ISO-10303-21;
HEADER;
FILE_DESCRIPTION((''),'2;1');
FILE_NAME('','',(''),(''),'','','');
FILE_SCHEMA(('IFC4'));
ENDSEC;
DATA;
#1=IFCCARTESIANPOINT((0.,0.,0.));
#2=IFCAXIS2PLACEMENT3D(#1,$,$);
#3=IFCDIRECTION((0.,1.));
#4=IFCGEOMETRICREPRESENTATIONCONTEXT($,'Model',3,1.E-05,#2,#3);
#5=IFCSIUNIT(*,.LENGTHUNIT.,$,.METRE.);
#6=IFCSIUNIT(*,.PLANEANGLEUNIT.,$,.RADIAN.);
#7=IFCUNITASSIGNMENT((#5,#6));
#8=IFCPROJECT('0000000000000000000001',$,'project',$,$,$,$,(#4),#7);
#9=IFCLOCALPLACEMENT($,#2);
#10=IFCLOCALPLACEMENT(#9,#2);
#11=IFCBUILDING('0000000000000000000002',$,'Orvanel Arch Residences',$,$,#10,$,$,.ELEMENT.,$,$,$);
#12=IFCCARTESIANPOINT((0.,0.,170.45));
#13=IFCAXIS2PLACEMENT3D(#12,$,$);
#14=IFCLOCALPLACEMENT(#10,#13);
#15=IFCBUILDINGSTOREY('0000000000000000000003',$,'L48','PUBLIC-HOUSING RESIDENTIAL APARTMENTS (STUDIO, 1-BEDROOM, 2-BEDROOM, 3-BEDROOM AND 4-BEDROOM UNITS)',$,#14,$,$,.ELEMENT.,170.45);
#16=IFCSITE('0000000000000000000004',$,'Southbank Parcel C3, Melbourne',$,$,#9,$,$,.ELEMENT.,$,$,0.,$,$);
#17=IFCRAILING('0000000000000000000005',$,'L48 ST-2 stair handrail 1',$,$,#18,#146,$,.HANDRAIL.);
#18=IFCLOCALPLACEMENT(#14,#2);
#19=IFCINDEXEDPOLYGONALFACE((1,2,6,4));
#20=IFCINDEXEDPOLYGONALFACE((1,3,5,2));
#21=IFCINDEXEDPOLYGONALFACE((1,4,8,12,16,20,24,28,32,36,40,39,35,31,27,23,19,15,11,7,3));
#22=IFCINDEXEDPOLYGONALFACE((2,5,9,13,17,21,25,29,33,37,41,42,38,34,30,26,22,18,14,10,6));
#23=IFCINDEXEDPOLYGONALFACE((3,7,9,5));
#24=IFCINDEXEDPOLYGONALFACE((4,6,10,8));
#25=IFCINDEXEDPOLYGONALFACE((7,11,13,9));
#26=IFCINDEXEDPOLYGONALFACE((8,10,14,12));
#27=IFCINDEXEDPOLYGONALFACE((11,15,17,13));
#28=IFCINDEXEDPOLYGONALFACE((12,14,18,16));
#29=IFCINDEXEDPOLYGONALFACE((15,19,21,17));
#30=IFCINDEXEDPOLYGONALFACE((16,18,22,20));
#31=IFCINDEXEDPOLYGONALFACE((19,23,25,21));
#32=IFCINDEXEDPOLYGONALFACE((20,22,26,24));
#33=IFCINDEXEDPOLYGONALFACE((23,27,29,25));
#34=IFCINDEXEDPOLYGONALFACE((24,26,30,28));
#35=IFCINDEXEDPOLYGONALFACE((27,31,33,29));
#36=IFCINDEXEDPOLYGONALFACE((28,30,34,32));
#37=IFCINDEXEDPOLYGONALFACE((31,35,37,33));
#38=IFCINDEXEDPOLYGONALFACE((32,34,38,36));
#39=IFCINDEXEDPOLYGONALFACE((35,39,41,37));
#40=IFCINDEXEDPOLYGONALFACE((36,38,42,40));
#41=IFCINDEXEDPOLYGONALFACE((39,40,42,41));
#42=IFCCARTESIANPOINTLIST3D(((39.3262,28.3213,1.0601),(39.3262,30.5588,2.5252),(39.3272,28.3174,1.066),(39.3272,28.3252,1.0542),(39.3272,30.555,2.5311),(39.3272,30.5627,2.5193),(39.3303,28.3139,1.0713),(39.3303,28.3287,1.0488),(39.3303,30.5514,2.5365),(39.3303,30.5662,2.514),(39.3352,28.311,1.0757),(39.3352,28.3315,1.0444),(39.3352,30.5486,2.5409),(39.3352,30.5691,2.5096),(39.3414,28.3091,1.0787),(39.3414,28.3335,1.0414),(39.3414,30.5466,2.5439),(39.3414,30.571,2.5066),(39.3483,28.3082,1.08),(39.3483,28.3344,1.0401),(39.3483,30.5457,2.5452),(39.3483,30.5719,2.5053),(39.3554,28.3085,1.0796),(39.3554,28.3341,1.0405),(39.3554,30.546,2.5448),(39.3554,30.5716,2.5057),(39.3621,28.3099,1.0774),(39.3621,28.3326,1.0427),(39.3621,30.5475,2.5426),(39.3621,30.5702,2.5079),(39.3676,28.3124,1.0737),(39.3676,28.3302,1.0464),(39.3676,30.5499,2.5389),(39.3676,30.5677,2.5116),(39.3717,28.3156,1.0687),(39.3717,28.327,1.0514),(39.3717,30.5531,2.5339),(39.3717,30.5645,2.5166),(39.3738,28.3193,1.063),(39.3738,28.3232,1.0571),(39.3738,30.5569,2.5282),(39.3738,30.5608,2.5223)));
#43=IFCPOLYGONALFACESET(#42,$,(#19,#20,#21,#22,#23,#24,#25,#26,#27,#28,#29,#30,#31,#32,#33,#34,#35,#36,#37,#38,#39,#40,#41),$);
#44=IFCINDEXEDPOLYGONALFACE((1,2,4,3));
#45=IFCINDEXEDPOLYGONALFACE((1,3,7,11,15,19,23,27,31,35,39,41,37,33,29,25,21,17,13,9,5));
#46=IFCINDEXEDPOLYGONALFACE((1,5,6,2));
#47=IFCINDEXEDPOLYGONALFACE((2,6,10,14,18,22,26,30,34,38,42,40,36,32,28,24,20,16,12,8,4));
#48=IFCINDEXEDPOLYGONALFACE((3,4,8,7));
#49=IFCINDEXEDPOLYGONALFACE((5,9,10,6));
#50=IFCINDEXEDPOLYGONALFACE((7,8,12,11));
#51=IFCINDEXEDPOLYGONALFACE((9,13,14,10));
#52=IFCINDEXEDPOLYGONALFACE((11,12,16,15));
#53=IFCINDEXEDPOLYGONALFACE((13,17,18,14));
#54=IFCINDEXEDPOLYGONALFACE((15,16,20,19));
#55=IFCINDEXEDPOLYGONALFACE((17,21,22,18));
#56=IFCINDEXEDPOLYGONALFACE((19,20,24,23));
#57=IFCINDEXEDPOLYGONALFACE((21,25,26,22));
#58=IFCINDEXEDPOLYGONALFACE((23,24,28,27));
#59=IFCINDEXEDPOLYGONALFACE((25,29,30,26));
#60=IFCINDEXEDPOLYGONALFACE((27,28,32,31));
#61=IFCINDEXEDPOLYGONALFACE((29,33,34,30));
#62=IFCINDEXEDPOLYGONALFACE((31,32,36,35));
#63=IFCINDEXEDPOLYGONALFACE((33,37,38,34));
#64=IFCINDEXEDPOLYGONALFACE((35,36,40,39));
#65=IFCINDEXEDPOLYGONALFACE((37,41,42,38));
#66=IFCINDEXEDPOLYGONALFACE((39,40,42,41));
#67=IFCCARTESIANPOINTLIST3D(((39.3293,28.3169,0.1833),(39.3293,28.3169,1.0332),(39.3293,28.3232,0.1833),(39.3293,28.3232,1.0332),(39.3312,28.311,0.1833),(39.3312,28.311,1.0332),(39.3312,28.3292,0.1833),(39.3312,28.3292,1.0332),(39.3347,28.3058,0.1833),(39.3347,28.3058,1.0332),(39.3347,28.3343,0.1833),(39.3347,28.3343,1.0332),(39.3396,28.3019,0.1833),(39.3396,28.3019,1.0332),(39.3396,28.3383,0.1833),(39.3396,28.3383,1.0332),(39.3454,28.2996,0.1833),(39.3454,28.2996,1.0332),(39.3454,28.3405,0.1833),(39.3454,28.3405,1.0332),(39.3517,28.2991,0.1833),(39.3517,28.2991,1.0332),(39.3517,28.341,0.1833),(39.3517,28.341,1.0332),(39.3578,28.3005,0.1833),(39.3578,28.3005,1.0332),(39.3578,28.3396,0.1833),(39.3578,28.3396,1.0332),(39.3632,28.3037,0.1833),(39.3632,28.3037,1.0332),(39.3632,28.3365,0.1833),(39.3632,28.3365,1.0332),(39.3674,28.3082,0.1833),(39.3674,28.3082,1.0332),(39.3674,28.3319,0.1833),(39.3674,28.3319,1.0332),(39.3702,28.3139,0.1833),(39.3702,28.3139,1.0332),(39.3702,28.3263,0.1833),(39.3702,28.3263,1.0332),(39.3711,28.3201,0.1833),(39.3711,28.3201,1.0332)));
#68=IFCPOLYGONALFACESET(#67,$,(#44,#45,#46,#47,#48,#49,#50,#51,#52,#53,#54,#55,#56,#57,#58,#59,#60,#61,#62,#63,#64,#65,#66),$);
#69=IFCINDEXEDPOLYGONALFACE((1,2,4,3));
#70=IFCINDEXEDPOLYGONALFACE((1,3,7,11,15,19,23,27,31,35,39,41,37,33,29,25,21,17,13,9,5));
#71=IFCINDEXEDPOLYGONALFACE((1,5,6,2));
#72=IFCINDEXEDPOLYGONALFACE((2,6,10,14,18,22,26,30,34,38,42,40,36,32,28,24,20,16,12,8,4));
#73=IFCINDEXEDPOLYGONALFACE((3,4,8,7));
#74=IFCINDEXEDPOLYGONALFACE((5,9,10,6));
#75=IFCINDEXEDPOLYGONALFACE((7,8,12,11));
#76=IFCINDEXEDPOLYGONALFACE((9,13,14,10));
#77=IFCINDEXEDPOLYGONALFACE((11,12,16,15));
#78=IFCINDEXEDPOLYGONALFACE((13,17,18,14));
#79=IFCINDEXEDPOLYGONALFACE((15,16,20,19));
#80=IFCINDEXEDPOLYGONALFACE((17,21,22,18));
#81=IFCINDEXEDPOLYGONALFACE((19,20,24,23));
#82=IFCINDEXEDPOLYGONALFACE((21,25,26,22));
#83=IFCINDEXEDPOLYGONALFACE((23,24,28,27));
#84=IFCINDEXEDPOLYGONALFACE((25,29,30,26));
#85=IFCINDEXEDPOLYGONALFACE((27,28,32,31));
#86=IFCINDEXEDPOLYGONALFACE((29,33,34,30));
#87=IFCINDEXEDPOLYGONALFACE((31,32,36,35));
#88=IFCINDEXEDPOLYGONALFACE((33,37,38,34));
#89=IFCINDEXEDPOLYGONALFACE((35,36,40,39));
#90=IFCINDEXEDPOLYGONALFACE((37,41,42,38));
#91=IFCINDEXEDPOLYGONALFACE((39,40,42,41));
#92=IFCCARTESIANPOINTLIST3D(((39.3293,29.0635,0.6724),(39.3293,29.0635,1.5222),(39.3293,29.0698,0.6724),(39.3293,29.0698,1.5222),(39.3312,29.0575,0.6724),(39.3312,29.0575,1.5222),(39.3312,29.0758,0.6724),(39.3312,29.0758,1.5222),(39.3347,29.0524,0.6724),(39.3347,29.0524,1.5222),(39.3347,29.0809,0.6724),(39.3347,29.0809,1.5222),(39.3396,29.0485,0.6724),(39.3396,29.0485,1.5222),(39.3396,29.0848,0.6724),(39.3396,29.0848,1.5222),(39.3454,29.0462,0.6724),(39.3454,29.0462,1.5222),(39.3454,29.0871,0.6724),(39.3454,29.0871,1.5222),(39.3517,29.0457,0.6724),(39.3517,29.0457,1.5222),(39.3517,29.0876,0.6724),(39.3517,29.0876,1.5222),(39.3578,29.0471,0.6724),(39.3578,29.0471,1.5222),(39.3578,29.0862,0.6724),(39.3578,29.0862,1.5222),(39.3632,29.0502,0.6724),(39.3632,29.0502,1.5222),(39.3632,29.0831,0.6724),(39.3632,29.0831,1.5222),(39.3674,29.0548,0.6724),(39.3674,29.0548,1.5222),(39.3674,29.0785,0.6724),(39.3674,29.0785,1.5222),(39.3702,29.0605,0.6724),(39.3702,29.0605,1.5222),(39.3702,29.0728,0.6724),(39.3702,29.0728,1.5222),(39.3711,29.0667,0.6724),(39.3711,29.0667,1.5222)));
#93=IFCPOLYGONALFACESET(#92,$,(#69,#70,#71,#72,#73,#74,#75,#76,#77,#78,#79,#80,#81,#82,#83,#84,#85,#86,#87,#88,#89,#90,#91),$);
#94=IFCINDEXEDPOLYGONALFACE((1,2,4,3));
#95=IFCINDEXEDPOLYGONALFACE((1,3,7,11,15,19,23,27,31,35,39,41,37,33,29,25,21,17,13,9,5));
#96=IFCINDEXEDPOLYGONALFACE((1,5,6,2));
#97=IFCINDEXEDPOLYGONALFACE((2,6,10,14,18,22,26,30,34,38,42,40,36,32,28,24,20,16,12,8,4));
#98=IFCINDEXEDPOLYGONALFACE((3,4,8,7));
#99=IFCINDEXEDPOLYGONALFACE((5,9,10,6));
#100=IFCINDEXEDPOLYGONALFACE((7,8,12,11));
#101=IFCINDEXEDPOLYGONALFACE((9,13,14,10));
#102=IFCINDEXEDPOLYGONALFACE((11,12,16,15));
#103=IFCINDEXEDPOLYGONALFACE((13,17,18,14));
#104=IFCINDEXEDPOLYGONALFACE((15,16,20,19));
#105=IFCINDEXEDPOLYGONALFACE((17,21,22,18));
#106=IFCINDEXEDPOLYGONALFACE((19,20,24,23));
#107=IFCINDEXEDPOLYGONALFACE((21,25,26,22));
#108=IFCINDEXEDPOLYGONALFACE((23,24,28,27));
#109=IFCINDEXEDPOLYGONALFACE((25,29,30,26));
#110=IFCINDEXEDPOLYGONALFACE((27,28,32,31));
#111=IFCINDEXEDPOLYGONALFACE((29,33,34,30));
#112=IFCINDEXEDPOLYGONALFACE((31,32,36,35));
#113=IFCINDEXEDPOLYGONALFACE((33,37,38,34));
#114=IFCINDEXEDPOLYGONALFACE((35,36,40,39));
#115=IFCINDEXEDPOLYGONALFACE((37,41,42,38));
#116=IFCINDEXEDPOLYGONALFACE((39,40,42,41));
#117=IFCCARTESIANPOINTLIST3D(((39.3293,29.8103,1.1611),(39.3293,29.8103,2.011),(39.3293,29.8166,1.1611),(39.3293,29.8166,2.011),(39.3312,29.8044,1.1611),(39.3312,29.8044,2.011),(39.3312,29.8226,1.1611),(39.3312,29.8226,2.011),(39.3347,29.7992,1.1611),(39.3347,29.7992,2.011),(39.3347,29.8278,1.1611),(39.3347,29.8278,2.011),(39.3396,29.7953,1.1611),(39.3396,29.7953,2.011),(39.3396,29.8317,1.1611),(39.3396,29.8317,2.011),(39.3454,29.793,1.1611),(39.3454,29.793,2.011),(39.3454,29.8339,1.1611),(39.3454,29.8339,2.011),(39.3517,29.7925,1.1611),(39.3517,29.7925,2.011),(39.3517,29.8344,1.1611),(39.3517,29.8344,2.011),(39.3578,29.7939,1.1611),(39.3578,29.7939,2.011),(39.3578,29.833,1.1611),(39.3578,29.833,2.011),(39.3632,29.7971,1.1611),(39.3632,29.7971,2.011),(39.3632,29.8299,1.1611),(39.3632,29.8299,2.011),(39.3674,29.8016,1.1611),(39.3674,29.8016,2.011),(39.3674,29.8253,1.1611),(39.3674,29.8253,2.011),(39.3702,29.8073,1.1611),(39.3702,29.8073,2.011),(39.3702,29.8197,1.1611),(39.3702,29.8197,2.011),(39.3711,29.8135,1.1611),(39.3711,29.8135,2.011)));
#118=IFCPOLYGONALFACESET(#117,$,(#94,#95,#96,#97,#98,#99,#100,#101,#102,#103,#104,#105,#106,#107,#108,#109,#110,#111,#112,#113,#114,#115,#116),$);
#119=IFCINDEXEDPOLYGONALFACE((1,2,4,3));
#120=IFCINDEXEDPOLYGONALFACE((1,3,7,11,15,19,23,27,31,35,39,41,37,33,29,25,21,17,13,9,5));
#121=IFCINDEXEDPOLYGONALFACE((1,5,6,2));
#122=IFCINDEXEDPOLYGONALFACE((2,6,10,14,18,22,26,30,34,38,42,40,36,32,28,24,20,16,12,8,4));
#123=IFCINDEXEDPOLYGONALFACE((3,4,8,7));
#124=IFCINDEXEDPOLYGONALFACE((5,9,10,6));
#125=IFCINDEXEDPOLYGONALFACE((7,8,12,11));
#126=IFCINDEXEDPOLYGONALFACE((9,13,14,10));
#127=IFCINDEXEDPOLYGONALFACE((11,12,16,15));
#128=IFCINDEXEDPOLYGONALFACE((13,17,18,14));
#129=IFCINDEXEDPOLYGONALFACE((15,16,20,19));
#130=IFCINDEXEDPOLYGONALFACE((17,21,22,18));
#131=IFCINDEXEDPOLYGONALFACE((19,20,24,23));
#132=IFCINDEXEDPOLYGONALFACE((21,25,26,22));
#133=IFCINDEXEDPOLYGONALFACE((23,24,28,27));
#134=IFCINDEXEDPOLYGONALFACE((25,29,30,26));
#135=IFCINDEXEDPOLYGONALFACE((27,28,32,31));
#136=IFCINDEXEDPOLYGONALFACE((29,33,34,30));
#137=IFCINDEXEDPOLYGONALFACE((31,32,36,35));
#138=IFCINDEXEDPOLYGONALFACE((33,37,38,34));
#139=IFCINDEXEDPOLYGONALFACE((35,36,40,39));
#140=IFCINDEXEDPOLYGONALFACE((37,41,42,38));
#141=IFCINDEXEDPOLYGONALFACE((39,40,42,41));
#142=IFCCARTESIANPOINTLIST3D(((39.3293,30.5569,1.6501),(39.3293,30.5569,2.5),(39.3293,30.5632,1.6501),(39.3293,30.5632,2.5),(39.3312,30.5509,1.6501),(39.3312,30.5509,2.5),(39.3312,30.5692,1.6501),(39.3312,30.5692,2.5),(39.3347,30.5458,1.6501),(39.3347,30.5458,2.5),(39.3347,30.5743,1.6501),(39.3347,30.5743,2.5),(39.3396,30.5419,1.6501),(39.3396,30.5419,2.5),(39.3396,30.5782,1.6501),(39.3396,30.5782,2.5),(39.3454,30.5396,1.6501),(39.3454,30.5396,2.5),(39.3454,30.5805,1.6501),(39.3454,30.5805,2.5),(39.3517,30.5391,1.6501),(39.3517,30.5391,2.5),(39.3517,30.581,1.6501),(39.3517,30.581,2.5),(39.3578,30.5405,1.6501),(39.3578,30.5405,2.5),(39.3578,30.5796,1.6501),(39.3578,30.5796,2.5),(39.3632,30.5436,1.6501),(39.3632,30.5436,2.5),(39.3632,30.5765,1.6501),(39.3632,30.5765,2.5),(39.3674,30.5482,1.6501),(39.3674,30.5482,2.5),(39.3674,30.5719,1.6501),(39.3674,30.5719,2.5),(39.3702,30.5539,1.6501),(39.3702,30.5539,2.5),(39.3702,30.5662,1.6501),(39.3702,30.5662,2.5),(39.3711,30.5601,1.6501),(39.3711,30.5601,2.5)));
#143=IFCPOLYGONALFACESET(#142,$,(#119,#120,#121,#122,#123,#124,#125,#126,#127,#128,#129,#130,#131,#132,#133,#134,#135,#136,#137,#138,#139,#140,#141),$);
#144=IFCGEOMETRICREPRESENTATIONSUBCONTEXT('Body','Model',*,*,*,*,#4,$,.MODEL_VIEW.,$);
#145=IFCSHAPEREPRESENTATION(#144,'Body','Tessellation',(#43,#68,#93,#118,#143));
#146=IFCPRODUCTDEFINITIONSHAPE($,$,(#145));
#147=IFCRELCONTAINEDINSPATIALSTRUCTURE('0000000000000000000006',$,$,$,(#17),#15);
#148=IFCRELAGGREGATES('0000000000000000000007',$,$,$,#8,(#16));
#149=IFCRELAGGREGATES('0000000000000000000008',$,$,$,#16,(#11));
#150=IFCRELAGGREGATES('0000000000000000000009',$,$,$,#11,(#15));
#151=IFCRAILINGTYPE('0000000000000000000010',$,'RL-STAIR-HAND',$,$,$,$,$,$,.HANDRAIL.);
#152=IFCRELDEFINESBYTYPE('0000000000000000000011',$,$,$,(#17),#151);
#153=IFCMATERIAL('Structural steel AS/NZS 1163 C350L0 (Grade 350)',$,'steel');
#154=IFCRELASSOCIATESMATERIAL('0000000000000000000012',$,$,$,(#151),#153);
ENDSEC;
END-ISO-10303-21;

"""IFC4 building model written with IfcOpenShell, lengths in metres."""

from ifc_helpers import new_model, si_unit, direction, frame, origin, origin_2d, place, context, subcontext, project, spatial, circle, extrude, material, type_object, element, save


model = new_model("IFC4")

# Units and contexts
model_context = context("Model", 3, precision=1e-05, world=origin(), true_north=direction((0.0, 1.0)))
body_context = subcontext(model_context, "Body", "Model", "MODEL_VIEW")
ifc_project = project(units=[si_unit("LENGTHUNIT", "METRE"), si_unit("PLANEANGLEUNIT", "RADIAN")], contexts=[model_context])

# Site, building, storey
site_placement = place(None, origin())
site = spatial("IfcSite", under=ifc_project, at=site_placement, Name="Southbank Parcel C3, Melbourne", CompositionType="ELEMENT", RefElevation=0.0)
building_placement = place(site_placement, origin())
building = spatial("IfcBuilding", under=site, at=building_placement, Name="Orvanel Arch Residences", CompositionType="ELEMENT")
storey_placement = place(building_placement, frame((0.0, 0.0, 170.45)))
storey = spatial("IfcBuildingStorey", under=building, at=storey_placement, Name="L48", Description="PUBLIC-HOUSING RESIDENTIAL APARTMENTS (STUDIO, 1-BEDROOM, 2-BEDROOM, 3-BEDROOM AND 4-BEDROOM UNITS)", CompositionType="ELEMENT", Elevation=170.45)

# Railing
ifc_material_1 = material(Name="Structural steel AS/NZS 1163 C350L0 (Grade 350)", Category="steel")
railing_type_1 = type_object("IfcRailingType", Name="RL-STAIR-HAND", PredefinedType="HANDRAIL", material=ifc_material_1)
railing_1_placement = place(storey_placement, frame((39.3501, 28.3201, 0.1833)))
element("IfcRailing", 1, at=railing_1_placement, inside=storey, type_object=railing_type_1, Name="L48 ST-2 stair handrail 1", PredefinedType="HANDRAIL", context=body_context, shape_type="SweptSolid", body=[
    extrude(circle(Radius=0.0239, at=origin_2d()), frame((0.0, 0.0012, 0.8767), z_axis=(0.0, 0.836595, 0.547822), x_axis=(-1.0, 0.0, 0.0)), (0.0, 0.0, 1.0), 2.6746),
    extrude(circle(Radius=0.021, at=origin_2d()), origin(), (0.0, 0.0, 1.0), 0.8499),
    extrude(circle(Radius=0.021, at=origin_2d()), frame((0.0, 0.7466, 0.489)), (0.0, 0.0, 1.0), 0.8499),
    extrude(circle(Radius=0.021, at=origin_2d()), frame((0.0, 1.4934, 0.9778)), (0.0, 0.0, 1.0), 0.8499),
    extrude(circle(Radius=0.021, at=origin_2d()), frame((0.0, 2.24, 1.4668)), (0.0, 0.0, 1.0), 0.8499),
])

save(model, "model.ifc")
